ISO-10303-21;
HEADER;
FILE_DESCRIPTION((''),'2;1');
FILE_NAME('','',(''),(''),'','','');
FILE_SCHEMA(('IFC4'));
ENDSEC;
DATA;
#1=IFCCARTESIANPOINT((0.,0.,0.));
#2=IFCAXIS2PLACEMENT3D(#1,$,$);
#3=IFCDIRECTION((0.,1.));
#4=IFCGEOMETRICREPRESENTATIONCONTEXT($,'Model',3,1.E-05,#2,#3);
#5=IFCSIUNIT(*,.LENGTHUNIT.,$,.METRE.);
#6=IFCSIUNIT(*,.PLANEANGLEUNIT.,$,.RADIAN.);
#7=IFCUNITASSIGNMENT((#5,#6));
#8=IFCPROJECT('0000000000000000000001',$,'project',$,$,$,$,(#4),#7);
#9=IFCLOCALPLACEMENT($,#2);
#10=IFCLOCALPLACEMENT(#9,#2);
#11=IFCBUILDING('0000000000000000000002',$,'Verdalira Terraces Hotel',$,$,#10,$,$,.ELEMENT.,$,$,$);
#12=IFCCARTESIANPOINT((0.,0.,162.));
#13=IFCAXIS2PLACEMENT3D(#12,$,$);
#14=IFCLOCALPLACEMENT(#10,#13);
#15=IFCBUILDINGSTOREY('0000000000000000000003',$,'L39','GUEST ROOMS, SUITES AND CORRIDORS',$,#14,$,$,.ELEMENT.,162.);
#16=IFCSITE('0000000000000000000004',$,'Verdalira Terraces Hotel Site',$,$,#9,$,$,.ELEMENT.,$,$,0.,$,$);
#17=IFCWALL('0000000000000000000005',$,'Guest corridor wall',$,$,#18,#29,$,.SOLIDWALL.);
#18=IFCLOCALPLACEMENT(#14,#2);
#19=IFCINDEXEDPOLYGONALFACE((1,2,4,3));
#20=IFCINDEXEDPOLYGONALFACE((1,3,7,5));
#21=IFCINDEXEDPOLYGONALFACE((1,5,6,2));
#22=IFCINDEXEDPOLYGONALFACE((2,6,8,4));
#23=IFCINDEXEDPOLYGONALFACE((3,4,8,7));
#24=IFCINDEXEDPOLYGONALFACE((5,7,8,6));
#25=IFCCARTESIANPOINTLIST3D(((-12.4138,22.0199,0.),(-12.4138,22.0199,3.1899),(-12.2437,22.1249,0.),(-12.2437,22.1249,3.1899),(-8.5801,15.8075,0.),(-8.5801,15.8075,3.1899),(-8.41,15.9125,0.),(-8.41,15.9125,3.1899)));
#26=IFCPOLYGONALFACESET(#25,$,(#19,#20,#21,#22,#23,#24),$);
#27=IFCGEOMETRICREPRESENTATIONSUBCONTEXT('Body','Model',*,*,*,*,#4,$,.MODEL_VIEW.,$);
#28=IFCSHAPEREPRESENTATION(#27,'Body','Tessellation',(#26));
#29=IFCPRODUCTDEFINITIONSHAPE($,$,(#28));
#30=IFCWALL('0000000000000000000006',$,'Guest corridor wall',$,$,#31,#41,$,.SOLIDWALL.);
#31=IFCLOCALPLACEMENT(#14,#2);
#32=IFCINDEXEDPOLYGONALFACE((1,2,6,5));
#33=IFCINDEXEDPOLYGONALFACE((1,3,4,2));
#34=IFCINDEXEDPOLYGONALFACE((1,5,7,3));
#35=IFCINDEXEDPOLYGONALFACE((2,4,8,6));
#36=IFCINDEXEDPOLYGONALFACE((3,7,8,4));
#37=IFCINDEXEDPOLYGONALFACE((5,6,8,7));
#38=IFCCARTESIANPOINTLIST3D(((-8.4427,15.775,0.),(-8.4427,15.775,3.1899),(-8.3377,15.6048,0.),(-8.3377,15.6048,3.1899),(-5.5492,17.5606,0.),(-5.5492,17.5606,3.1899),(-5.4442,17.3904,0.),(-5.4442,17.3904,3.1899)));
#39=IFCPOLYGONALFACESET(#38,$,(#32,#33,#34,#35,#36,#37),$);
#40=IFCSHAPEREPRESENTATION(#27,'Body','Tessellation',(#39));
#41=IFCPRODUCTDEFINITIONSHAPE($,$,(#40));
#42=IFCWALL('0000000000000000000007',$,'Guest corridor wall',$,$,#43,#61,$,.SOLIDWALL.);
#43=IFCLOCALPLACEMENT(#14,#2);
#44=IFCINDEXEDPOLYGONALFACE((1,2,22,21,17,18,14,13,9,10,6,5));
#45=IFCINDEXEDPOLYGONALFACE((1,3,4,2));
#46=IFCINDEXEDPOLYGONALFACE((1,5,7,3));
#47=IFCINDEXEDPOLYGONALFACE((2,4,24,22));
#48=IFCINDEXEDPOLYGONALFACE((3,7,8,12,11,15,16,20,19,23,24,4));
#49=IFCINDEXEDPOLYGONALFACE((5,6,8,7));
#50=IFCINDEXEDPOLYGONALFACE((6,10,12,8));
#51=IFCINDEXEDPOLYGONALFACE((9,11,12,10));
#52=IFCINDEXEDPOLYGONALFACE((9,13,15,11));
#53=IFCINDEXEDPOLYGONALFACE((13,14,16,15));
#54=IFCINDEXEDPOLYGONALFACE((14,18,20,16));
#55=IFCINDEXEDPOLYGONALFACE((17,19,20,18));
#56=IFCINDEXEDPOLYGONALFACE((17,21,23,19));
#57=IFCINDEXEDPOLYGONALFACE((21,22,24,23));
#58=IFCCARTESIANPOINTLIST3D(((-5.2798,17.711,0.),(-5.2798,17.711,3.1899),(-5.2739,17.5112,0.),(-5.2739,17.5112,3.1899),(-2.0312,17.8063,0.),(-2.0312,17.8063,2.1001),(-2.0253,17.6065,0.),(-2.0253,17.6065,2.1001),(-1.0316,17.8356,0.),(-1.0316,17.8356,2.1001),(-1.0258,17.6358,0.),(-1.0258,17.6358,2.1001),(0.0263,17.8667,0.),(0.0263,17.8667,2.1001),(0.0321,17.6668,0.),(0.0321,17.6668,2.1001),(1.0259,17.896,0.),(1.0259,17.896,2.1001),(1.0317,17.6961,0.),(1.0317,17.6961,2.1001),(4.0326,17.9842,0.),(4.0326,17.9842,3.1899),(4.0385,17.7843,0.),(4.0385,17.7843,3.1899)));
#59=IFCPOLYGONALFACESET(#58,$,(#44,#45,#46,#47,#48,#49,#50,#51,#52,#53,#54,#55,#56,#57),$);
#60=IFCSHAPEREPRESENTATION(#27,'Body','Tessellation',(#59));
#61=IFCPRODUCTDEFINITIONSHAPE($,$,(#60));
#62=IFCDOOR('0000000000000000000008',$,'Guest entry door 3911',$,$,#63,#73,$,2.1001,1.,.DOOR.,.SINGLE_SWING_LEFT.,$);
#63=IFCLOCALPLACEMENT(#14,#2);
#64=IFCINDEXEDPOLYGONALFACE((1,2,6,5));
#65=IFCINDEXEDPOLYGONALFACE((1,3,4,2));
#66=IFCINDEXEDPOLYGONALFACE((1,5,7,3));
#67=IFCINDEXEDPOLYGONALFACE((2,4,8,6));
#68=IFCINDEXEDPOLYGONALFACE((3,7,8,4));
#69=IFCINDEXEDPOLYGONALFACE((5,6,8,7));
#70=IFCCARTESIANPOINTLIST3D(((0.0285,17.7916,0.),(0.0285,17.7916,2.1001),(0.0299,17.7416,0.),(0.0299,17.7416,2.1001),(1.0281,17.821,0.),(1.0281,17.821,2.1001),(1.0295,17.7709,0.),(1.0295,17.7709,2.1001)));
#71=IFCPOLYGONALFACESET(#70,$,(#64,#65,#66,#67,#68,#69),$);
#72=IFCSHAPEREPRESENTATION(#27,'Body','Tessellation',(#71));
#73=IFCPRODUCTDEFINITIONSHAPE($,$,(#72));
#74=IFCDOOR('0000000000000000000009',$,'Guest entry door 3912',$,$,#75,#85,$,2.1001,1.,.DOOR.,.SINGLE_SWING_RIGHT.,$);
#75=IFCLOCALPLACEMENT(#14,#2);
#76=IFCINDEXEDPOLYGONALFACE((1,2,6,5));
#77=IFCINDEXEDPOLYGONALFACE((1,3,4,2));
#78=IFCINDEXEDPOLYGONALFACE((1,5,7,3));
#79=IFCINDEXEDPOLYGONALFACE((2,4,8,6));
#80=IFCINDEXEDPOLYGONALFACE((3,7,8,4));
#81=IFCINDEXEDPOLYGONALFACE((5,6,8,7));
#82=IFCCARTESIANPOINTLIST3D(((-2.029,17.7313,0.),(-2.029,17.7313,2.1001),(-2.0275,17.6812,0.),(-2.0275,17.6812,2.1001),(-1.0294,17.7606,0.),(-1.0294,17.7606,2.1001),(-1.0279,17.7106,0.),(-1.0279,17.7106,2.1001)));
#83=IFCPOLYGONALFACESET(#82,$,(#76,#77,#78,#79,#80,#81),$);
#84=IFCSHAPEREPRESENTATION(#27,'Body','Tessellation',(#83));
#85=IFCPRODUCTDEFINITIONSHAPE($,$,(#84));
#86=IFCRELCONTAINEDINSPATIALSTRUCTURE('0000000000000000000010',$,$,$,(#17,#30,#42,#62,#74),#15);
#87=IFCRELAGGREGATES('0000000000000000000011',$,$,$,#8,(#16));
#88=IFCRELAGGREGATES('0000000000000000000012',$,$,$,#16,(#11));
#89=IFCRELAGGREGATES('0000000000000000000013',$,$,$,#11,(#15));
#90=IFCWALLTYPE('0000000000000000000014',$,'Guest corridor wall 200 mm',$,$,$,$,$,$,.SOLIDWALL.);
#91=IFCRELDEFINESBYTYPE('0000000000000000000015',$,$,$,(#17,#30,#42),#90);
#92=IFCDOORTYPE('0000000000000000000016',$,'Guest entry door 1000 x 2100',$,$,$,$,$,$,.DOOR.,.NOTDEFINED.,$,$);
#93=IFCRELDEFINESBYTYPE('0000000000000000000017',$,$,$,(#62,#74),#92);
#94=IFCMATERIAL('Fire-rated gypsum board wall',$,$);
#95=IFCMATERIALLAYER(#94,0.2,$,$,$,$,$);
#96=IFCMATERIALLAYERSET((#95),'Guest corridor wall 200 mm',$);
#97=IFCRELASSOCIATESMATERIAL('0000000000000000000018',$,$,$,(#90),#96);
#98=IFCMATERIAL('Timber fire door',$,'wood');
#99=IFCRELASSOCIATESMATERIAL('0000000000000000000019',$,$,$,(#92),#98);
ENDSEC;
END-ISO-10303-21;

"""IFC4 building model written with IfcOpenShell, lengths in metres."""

from ifc_helpers import new_model, si_unit, direction, frame, frame_2d, origin, place, context, subcontext, project, spatial, rectangle, extrude, material, layer, layer_set, type_object, element, fill, save


model = new_model("IFC4")

# Units and contexts
model_context = context("Model", 3, precision=1e-05, world=origin(), true_north=direction((0.0, 1.0)))
body_context = subcontext(model_context, "Body", "Model", "MODEL_VIEW")
ifc_project = project(units=[si_unit("LENGTHUNIT", "METRE"), si_unit("PLANEANGLEUNIT", "RADIAN")], contexts=[model_context])

# Site, building, storey
site_placement = place(None, origin())
site = spatial("IfcSite", under=ifc_project, at=site_placement, Name="Verdalira Terraces Hotel Site", CompositionType="ELEMENT", RefElevation=0.0)
building_placement = place(site_placement, origin())
building = spatial("IfcBuilding", under=site, at=building_placement, Name="Verdalira Terraces Hotel", CompositionType="ELEMENT")
storey_placement = place(building_placement, frame((0.0, 0.0, 162.0)))
storey = spatial("IfcBuildingStorey", under=building, at=storey_placement, Name="L39", Description="GUEST ROOMS, SUITES AND CORRIDORS", CompositionType="ELEMENT", Elevation=162.0)

# Walls
ifc_material_1 = material(Name="Fire-rated gypsum board wall")
ifc_layer_1 = layer(ifc_material_1, 0.2)
ifc_layer_set_1 = layer_set([ifc_layer_1], Name="Guest corridor wall 200 mm")
wall_type_1 = type_object("IfcWallType", Name="Guest corridor wall 200 mm", PredefinedType="SOLIDWALL", material=ifc_layer_set_1)
wall_1_placement = place(storey_placement, frame((-8.4951, 15.8601, 0.0), z_axis=(0.0, 0.0, 1.0), x_axis=(-0.525162, 0.851002, 0.0)))
element("IfcWall", 1, at=wall_1_placement, inside=storey, type_object=wall_type_1, Name="Guest corridor wall", PredefinedType="SOLIDWALL", context=body_context, shape_type="SweptSolid", body=[
    extrude(rectangle(XDim=7.3, YDim=0.2, at=frame_2d((3.6499, 0.0))), origin(), (0.0, 0.0, 1.0), 3.1899),
])
wall_2_placement = place(storey_placement, frame((-5.4966, 17.4756, 0.0), z_axis=(0.0, 0.0, 1.0), x_axis=(-0.851002, -0.525163, 0.0)))
element("IfcWall", 2, at=wall_2_placement, inside=storey, type_object=wall_type_1, Name="Guest corridor wall", PredefinedType="SOLIDWALL", context=body_context, shape_type="SweptSolid", body=[
    extrude(rectangle(XDim=3.4001, YDim=0.2, at=frame_2d((1.7002, 0.0))), origin(), (0.0, 0.0, 1.0), 3.1899),
])

# Wall, openings, doors
wall_3_placement = place(storey_placement, frame((-5.2769, 17.6111, 0.0), z_axis=(0.0, 0.0, 1.0), x_axis=(0.99957, 0.029324, 0.0)))
wall_3 = element("IfcWall", 3, at=wall_3_placement, inside=storey, type_object=wall_type_1, Name="Guest corridor wall", PredefinedType="SOLIDWALL", context=body_context, shape_type="SweptSolid", body=[
    extrude(rectangle(XDim=9.3164, YDim=0.2, at=frame_2d((4.6582, 0.0))), origin(), (0.0, 0.0, 1.0), 3.1899),
])
opening_1_placement = place(wall_3_placement, frame((5.3083, 0.0, 0.0)))
opening_1 = element("IfcOpeningElement", 4, at=opening_1_placement, cuts=wall_3, PredefinedType="OPENING", context=body_context, shape_type="SweptSolid", body=[
    extrude(rectangle(XDim=1.0, YDim=2.1001, at=frame_2d((0.5, 1.05))), frame((0.0, 0.1099, 0.0), z_axis=(0.0, -1.0, 0.0), x_axis=(1.0, 0.0, 0.0)), (0.0, 0.0, 1.0), 0.22),
])
opening_2_placement = place(wall_3_placement, frame((3.25, 0.0, 0.0)))
opening_2 = element("IfcOpeningElement", 5, at=opening_2_placement, cuts=wall_3, PredefinedType="OPENING", context=body_context, shape_type="SweptSolid", body=[
    extrude(rectangle(XDim=1.0, YDim=2.1001, at=frame_2d((0.5, 1.05))), frame((0.0, 0.1099, 0.0), z_axis=(0.0, -1.0, 0.0), x_axis=(1.0, 0.0, 0.0)), (0.0, 0.0, 1.0), 0.22),
])
ifc_material_2 = material(Name="Timber fire door", Category="wood")
door_type_1 = type_object("IfcDoorType", Name="Guest entry door 1000 x 2100", OperationType="NOTDEFINED", PredefinedType="DOOR", material=ifc_material_2)
door_1_placement = place(opening_1_placement, origin())
door_1 = element("IfcDoor", 6, at=door_1_placement, inside=storey, type_object=door_type_1, Name="Guest entry door 3911", OperationType="SINGLE_SWING_LEFT", OverallHeight=2.1001, OverallWidth=1.0, PredefinedType="DOOR", context=body_context, shape_type="SweptSolid", body=[
    extrude(rectangle(XDim=1.0, YDim=2.1001, at=frame_2d((0.5, 1.05))), frame((0.0, 0.0249, 0.0), z_axis=(0.0, -1.0, 0.0), x_axis=(1.0, 0.0, 0.0)), (0.0, 0.0, 1.0), 0.05),
])
fill(opening_1, door_1)
door_2_placement = place(opening_2_placement, origin())
door_2 = element("IfcDoor", 7, at=door_2_placement, inside=storey, type_object=door_type_1, Name="Guest entry door 3912", OperationType="SINGLE_SWING_RIGHT", OverallHeight=2.1001, OverallWidth=1.0, PredefinedType="DOOR", context=body_context, shape_type="SweptSolid", body=[
    extrude(rectangle(XDim=1.0, YDim=2.1001, at=frame_2d((0.5, 1.05))), frame((0.0, 0.0249, 0.0), z_axis=(0.0, -1.0, 0.0), x_axis=(1.0, 0.0, 0.0)), (0.0, 0.0, 1.0), 0.05),
])
fill(opening_2, door_2)

save(model, "model.ifc")
